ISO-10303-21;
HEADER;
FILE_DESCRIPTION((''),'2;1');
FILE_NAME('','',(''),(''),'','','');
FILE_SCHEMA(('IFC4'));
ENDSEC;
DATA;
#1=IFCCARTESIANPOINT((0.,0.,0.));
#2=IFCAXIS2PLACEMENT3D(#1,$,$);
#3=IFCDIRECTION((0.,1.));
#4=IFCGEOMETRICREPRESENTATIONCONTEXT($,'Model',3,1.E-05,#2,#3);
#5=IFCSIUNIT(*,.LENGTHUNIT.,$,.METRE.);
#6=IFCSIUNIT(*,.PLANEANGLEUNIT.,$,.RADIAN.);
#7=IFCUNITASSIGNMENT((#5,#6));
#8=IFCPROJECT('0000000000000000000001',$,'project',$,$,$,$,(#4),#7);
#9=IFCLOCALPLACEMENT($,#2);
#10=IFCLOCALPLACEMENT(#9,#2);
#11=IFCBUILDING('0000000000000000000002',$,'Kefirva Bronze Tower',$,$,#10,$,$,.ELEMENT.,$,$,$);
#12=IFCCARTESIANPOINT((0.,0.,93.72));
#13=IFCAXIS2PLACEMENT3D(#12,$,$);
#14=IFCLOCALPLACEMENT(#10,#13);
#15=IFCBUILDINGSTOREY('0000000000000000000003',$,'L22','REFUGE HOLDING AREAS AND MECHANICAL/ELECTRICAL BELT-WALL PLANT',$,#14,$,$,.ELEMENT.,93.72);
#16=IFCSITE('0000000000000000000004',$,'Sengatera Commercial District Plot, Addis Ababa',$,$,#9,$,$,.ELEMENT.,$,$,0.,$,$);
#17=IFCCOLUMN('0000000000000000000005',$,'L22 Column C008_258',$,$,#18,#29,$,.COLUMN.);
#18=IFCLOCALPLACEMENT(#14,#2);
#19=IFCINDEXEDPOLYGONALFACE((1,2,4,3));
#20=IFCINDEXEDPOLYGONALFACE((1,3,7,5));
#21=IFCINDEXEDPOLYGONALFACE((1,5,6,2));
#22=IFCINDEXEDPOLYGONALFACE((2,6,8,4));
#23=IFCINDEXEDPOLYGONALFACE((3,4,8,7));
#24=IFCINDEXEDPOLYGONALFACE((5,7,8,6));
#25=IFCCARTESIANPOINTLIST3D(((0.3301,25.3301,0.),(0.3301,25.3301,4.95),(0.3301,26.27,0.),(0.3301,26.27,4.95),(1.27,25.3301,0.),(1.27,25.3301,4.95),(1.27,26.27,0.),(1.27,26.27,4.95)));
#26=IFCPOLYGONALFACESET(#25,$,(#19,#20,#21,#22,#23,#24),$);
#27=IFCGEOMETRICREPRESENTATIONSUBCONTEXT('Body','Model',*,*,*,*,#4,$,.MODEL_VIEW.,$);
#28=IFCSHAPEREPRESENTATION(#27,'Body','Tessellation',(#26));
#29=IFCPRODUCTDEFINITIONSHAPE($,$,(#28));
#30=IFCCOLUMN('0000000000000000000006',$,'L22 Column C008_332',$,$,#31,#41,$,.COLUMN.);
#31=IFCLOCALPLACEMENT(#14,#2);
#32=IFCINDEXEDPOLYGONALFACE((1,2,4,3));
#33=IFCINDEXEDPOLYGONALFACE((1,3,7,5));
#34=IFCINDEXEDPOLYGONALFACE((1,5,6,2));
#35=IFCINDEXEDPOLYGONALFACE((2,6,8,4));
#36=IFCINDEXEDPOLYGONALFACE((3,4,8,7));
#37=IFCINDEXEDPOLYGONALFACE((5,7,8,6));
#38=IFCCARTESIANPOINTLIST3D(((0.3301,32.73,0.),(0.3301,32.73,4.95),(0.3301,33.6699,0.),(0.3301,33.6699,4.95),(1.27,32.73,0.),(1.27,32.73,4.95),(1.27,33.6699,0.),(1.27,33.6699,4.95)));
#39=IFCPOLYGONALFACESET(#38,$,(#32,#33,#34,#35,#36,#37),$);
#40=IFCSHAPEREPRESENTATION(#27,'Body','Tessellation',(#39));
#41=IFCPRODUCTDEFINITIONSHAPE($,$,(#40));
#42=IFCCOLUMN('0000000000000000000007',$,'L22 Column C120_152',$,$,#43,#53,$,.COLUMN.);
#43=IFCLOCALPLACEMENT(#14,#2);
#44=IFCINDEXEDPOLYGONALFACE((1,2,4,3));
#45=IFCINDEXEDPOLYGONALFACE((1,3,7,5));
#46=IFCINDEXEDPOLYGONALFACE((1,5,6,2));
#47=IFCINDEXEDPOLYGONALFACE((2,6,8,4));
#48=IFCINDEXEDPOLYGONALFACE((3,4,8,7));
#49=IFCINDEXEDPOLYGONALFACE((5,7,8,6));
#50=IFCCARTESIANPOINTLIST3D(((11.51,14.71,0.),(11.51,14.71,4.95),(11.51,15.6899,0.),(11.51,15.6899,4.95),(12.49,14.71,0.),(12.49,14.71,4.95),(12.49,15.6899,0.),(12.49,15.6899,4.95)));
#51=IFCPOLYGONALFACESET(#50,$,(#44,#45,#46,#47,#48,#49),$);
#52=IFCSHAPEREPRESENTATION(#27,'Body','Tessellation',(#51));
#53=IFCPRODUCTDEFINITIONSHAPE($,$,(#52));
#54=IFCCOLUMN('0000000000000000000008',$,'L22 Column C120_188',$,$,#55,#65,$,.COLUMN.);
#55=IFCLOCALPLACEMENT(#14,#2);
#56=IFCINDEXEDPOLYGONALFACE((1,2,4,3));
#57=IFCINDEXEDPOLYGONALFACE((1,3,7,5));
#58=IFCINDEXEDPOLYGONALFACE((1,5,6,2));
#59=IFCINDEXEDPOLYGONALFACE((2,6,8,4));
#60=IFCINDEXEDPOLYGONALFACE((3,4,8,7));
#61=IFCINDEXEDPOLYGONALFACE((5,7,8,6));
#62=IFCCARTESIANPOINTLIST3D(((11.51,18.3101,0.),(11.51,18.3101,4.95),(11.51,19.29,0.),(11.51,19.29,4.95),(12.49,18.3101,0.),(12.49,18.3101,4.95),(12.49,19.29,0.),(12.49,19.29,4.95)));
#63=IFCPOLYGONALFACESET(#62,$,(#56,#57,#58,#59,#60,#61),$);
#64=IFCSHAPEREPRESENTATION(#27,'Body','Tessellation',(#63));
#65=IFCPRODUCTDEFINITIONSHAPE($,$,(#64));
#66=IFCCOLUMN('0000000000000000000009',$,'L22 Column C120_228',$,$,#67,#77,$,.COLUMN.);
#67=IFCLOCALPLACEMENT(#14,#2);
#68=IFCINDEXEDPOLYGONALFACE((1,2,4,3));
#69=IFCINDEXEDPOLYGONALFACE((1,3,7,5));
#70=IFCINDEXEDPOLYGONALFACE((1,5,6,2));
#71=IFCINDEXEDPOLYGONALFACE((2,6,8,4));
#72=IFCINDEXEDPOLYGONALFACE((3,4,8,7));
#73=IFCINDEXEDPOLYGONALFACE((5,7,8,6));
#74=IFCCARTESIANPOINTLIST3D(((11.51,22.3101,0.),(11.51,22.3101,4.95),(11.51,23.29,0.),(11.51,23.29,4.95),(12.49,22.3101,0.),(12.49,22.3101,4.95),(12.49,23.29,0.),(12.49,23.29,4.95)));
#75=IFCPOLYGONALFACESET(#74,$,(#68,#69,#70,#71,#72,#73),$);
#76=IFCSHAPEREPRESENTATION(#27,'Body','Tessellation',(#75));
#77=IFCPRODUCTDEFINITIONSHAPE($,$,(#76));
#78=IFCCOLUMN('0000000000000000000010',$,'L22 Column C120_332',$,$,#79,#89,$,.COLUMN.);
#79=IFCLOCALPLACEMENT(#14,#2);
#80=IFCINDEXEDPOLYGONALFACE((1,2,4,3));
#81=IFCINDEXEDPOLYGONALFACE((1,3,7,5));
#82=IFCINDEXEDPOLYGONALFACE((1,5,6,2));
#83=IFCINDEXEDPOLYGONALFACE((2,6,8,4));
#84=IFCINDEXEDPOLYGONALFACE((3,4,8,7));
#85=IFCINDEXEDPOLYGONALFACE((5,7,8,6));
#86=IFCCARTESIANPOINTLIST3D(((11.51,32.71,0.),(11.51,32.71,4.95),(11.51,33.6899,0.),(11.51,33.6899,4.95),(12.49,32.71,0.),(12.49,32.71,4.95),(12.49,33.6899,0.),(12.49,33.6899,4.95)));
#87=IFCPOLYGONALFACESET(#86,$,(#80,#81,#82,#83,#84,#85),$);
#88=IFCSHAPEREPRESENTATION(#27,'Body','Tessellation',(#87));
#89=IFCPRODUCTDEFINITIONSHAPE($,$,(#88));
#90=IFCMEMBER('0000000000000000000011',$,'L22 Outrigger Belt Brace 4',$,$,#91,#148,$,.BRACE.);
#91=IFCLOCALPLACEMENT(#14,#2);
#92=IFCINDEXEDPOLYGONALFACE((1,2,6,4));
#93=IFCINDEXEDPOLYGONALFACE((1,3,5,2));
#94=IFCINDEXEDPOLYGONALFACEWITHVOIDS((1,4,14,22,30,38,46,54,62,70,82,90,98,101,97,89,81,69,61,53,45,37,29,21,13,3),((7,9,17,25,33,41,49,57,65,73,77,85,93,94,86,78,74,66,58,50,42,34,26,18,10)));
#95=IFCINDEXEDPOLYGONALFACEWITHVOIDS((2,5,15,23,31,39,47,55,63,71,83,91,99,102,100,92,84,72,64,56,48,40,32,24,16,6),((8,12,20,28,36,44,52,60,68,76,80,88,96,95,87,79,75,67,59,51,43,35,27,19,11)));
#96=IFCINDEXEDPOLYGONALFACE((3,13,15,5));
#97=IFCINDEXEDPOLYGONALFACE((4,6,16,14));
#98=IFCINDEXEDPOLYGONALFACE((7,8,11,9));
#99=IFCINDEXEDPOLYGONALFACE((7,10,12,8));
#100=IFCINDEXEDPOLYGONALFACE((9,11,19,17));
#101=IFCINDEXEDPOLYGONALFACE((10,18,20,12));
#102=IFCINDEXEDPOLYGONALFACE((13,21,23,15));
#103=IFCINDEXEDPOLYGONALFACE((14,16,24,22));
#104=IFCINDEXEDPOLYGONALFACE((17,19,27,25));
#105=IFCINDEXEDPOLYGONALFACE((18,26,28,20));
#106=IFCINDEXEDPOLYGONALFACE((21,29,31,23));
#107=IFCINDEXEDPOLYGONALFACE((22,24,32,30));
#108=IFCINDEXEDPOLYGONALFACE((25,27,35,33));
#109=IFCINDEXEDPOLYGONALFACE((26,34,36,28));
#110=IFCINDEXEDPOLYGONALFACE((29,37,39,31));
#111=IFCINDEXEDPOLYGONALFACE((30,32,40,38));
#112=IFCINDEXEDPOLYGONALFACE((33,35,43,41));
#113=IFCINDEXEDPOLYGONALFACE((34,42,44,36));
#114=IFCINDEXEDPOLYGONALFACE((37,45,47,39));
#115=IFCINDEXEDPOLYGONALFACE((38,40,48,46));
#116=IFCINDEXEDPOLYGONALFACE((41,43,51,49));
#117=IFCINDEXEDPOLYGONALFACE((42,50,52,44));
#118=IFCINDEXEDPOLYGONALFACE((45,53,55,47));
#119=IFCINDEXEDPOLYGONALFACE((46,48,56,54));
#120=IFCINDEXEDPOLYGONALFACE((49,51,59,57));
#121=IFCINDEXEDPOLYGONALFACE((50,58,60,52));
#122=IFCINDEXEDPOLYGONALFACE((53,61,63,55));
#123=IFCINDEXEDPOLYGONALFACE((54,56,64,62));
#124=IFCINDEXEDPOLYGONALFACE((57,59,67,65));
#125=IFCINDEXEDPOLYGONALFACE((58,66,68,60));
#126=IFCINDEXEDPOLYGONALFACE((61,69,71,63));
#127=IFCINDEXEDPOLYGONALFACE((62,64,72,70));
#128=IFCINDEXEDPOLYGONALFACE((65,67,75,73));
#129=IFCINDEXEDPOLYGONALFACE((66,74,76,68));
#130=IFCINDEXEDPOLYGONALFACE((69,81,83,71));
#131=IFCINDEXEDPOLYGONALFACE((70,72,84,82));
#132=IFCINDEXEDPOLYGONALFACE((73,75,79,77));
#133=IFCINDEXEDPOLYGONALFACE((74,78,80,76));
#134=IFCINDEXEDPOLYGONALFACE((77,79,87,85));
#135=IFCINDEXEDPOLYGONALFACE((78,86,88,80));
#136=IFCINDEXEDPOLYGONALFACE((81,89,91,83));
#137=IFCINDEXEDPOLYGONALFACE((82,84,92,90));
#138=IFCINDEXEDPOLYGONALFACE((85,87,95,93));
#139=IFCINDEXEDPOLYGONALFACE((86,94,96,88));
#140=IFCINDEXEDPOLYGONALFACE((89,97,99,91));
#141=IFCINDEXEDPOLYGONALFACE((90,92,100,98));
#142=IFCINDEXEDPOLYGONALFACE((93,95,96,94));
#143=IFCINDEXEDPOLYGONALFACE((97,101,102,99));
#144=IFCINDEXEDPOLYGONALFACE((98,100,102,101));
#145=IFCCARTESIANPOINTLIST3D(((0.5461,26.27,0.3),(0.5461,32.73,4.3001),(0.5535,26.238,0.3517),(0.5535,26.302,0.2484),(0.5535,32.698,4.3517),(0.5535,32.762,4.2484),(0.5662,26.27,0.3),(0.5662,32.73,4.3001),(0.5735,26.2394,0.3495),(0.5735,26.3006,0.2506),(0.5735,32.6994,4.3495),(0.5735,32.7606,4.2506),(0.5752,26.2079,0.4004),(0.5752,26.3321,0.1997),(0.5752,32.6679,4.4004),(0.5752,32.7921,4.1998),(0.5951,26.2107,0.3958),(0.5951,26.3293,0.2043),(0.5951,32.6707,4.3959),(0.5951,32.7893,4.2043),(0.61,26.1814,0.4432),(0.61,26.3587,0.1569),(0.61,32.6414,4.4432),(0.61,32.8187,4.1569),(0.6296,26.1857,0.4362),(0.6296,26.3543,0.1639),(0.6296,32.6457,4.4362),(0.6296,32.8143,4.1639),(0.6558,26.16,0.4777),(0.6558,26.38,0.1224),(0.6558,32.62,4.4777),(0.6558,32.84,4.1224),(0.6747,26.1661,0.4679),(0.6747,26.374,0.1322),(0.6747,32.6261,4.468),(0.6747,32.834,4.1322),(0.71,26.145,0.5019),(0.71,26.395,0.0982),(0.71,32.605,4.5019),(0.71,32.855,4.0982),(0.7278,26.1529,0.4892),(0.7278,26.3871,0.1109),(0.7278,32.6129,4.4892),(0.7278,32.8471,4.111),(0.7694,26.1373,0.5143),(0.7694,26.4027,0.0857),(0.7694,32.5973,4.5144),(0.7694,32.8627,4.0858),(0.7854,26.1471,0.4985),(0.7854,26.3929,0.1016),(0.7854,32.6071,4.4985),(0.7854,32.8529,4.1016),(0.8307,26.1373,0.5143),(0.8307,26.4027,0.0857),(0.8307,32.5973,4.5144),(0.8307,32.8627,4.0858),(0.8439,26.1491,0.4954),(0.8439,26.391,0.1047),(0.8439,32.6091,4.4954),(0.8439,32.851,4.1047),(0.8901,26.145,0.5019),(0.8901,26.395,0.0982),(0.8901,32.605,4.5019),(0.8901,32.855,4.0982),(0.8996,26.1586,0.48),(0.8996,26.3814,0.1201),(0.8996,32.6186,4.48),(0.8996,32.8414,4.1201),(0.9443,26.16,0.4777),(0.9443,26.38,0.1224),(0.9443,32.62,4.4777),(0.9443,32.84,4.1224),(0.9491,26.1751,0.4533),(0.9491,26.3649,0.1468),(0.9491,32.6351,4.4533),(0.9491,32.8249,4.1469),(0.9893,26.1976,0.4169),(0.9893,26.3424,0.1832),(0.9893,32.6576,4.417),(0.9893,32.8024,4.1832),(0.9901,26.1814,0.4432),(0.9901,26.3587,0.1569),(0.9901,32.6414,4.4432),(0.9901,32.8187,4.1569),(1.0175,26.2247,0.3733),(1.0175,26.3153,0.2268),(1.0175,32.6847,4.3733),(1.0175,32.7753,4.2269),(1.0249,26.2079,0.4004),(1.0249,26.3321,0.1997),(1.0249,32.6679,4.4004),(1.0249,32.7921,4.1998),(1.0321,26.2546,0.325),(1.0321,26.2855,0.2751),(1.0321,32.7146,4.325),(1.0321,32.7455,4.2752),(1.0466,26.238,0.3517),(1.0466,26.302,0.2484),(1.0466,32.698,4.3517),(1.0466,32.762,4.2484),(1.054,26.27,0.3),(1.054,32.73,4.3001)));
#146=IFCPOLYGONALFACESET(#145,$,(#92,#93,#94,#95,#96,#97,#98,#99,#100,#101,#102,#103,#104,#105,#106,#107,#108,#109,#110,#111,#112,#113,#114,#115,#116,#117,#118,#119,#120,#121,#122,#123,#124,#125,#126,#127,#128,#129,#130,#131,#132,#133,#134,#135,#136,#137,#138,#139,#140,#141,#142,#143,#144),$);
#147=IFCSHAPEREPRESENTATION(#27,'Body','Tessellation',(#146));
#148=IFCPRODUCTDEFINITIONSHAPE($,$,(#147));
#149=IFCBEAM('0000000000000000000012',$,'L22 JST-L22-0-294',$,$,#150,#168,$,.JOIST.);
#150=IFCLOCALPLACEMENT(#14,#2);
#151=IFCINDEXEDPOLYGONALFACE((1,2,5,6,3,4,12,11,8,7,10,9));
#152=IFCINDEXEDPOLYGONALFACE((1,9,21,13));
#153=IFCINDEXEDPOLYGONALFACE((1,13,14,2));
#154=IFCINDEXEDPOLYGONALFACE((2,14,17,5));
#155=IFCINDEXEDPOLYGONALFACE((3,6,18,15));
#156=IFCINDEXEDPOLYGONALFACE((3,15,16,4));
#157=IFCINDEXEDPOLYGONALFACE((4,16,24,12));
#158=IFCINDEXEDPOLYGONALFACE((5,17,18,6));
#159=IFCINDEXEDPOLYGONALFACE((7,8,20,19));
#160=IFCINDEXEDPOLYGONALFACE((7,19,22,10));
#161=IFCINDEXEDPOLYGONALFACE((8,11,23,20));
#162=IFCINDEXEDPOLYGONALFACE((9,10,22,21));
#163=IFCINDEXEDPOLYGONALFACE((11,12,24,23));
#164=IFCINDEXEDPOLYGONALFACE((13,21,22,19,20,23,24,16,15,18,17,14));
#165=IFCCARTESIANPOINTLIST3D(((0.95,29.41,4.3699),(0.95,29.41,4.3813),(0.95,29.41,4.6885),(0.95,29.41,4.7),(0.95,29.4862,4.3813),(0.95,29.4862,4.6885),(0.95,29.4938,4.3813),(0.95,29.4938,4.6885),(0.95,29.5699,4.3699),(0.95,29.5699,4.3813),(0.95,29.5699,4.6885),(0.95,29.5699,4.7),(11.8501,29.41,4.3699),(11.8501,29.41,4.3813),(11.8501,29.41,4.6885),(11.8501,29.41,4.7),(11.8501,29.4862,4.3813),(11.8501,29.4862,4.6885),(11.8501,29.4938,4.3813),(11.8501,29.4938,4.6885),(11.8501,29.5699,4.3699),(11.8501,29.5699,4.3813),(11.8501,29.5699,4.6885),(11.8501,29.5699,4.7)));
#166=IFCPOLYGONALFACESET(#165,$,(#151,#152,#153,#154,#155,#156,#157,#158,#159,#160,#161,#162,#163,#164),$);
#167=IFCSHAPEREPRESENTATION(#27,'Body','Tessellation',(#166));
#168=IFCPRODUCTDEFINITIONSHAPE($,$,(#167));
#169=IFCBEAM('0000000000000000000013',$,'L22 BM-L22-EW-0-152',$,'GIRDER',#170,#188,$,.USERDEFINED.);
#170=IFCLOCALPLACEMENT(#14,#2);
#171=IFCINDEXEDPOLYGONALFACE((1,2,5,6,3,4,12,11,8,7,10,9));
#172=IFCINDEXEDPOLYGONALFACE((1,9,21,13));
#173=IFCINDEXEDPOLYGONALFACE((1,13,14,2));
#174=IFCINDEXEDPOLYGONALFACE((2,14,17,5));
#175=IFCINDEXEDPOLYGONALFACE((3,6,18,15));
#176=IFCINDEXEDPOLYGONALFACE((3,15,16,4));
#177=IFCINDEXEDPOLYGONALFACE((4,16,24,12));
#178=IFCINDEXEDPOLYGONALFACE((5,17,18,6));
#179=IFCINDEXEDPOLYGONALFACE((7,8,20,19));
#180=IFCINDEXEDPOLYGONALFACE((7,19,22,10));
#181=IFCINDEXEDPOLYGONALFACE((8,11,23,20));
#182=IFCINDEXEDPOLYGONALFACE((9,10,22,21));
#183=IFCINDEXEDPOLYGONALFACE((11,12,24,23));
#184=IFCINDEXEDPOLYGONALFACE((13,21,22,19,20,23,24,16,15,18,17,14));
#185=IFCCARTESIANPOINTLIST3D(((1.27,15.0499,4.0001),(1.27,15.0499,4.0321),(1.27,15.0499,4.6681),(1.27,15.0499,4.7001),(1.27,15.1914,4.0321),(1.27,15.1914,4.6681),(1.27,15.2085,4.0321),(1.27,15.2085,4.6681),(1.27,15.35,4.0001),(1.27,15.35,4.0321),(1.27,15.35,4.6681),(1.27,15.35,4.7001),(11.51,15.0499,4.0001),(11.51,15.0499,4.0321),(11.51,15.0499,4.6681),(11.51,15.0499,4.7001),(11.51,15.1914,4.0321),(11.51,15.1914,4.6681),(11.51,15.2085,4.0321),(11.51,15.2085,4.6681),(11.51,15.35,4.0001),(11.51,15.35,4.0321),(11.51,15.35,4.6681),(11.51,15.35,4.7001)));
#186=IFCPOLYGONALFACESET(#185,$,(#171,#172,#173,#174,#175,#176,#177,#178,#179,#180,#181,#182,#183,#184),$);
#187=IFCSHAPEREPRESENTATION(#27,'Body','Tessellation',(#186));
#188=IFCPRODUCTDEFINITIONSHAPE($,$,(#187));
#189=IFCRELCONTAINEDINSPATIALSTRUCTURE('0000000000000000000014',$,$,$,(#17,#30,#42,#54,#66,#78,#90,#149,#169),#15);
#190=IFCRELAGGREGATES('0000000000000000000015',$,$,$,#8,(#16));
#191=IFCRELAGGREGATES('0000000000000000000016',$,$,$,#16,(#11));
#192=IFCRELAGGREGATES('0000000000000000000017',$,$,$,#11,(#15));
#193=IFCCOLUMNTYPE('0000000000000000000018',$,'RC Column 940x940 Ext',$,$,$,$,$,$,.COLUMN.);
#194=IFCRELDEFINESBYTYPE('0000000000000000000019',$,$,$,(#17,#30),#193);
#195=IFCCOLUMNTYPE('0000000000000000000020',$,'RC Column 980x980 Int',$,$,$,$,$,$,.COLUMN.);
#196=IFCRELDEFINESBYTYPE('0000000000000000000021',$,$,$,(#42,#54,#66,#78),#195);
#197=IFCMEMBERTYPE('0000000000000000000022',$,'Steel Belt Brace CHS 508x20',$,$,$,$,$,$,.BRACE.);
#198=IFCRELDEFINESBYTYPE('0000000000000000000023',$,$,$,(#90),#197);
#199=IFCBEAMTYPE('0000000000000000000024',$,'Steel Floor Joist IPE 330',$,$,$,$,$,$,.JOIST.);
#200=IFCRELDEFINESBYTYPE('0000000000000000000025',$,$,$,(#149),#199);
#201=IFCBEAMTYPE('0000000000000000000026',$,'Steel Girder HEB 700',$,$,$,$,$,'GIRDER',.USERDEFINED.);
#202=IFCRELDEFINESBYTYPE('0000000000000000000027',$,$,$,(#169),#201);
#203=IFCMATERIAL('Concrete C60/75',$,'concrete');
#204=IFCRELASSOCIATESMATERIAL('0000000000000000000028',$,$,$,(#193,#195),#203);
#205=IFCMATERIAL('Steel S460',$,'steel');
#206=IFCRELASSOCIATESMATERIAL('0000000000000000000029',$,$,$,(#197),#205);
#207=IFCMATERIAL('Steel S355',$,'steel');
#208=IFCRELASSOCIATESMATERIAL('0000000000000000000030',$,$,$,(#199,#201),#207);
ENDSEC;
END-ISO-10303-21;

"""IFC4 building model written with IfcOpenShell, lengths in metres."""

from ifc_helpers import new_model, si_unit, direction, frame, origin, origin_2d, place, context, subcontext, project, spatial, rectangle, hollow_circle, i_section, extrude, material, material_profile, profile_set, type_object, element, save


model = new_model("IFC4")

# Units and contexts
model_context = context("Model", 3, precision=1e-05, world=origin(), true_north=direction((0.0, 1.0)))
body_context = subcontext(model_context, "Body", "Model", "MODEL_VIEW")
ifc_project = project(units=[si_unit("LENGTHUNIT", "METRE"), si_unit("PLANEANGLEUNIT", "RADIAN")], contexts=[model_context])

# Site, building, storey
site_placement = place(None, origin())
site = spatial("IfcSite", under=ifc_project, at=site_placement, Name="Sengatera Commercial District Plot, Addis Ababa", CompositionType="ELEMENT", RefElevation=0.0)
building_placement = place(site_placement, origin())
building = spatial("IfcBuilding", under=site, at=building_placement, Name="Kefirva Bronze Tower", CompositionType="ELEMENT")
storey_placement = place(building_placement, frame((0.0, 0.0, 93.72)))
storey = spatial("IfcBuildingStorey", under=building, at=storey_placement, Name="L22", Description="REFUGE HOLDING AREAS AND MECHANICAL/ELECTRICAL BELT-WALL PLANT", CompositionType="ELEMENT", Elevation=93.72)

# Columns
ifc_material_1 = material(Name="Concrete C60/75", Category="concrete")
ifc_material_profile_1 = material_profile(ifc_material_1, rectangle(XDim=0.9399, YDim=0.9399, at=origin_2d()), Name="RC 940x940")
ifc_profile_set_1 = profile_set([ifc_material_profile_1], Name="Concrete C60/75")
column_type_1 = type_object("IfcColumnType", Name="RC Column 940x940 Ext", PredefinedType="COLUMN", material=ifc_profile_set_1)
for number, where, z_axis, x_axis, name in (
    (1, (0.8, 25.8, 0.0), (0.0, 0.0, 1.0), (1.0, 0.0, 0.0), "L22 Column C008_258"),
    (2, (0.8, 33.2, 0.0), (0.0, 0.0, 1.0), (1.0, 0.0, 0.0), "L22 Column C008_332"),
):
    element("IfcColumn", number, at=place(storey_placement, frame(where, z_axis=z_axis, x_axis=x_axis)), inside=storey, type_object=column_type_1, Name=name, PredefinedType="COLUMN", context=body_context, shape_type="SweptSolid", body=[
        extrude(rectangle(XDim=0.9399, YDim=0.9399, at=origin_2d()), origin(), (0.0, 0.0, 1.0), 4.95),
    ])
ifc_material_profile_2 = material_profile(ifc_material_1, rectangle(XDim=0.98, YDim=0.98, at=origin_2d()), Name="RC 980x980")
ifc_profile_set_2 = profile_set([ifc_material_profile_2], Name="Concrete C60/75")
column_type_2 = type_object("IfcColumnType", Name="RC Column 980x980 Int", PredefinedType="COLUMN", material=ifc_profile_set_2)
for number, where, z_axis, x_axis, name in (
    (3, (12.0, 15.2, 0.0), (0.0, 0.0, 1.0), (1.0, 0.0, 0.0), "L22 Column C120_152"),
    (4, (12.0, 18.8, 0.0), (0.0, 0.0, 1.0), (1.0, 0.0, 0.0), "L22 Column C120_188"),
    (5, (12.0, 22.8, 0.0), (0.0, 0.0, 1.0), (1.0, 0.0, 0.0), "L22 Column C120_228"),
    (6, (12.0, 33.2, 0.0), (0.0, 0.0, 1.0), (1.0, 0.0, 0.0), "L22 Column C120_332"),
):
    element("IfcColumn", number, at=place(storey_placement, frame(where, z_axis=z_axis, x_axis=x_axis)), inside=storey, type_object=column_type_2, Name=name, PredefinedType="COLUMN", context=body_context, shape_type="SweptSolid", body=[
        extrude(rectangle(XDim=0.98, YDim=0.98, at=origin_2d()), origin(), (0.0, 0.0, 1.0), 4.95),
    ])

# Member
ifc_material_2 = material(Name="Steel S460", Category="steel")
ifc_material_profile_3 = material_profile(ifc_material_2, hollow_circle(Radius=0.2539, WallThickness=0.02, at=origin_2d()), Name="CHS 508x20")
ifc_profile_set_3 = profile_set([ifc_material_profile_3], Name="Steel S460")
member_type = type_object("IfcMemberType", Name="Steel Belt Brace CHS 508x20", PredefinedType="BRACE", material=ifc_profile_set_3)
member_placement = place(storey_placement, frame((0.8, 26.27, 0.3), z_axis=(0.0, 0.850208, 0.526448), x_axis=(-1.0, 0.0, 0.0)))
element("IfcMember", 7, at=member_placement, inside=storey, type_object=member_type, Name="L22 Outrigger Belt Brace 4", PredefinedType="BRACE", context=body_context, shape_type="SweptSolid", body=[
    extrude(hollow_circle(Radius=0.2539, WallThickness=0.02, at=origin_2d()), origin(), (0.0, 0.0, 1.0), 7.5981),
])

# Beams
ifc_material_3 = material(Name="Steel S355", Category="steel")
ifc_material_profile_4 = material_profile(ifc_material_3, i_section(OverallWidth=0.1599, OverallDepth=0.3301, WebThickness=0.0076, FlangeThickness=0.0115, at=origin_2d()), Name="IPE 330")
ifc_profile_set_4 = profile_set([ifc_material_profile_4], Name="Steel S355")
beam_type_1 = type_object("IfcBeamType", Name="Steel Floor Joist IPE 330", PredefinedType="JOIST", material=ifc_profile_set_4)
beam_1_placement = place(storey_placement, frame((0.95, 29.49, 4.5349), z_axis=(1.0, 0.0, 0.0), x_axis=(0.0, 1.0, 0.0)))
element("IfcBeam", 8, at=beam_1_placement, inside=storey, type_object=beam_type_1, Name="L22 JST-L22-0-294", PredefinedType="JOIST", context=body_context, shape_type="SweptSolid", body=[
    extrude(i_section(OverallWidth=0.1599, OverallDepth=0.3301, WebThickness=0.0076, FlangeThickness=0.0115, at=origin_2d()), origin(), (0.0, 0.0, 1.0), 10.9001),
])
ifc_material_profile_5 = material_profile(ifc_material_3, i_section(OverallWidth=0.3, OverallDepth=0.7, WebThickness=0.0171, FlangeThickness=0.032, at=origin_2d()), Name="HEB 700")
ifc_profile_set_5 = profile_set([ifc_material_profile_5], Name="Steel S355")
beam_type_2 = type_object("IfcBeamType", Name="Steel Girder HEB 700", ElementType="GIRDER", PredefinedType="USERDEFINED", material=ifc_profile_set_5)
for number, where, z_axis, x_axis, name in (
    (9, (1.27, 15.2, 4.3501), (1.0, 0.0, 0.0), (0.0, 1.0, 0.0), "L22 BM-L22-EW-0-152"),
):
    element("IfcBeam", number, at=place(storey_placement, frame(where, z_axis=z_axis, x_axis=x_axis)), inside=storey, type_object=beam_type_2, Name=name, ObjectType="GIRDER", PredefinedType="USERDEFINED", context=body_context, shape_type="SweptSolid", body=[
        extrude(i_section(OverallWidth=0.3, OverallDepth=0.7, WebThickness=0.0171, FlangeThickness=0.032, at=origin_2d()), origin(), (0.0, 0.0, 1.0), 10.24),
    ])

save(model, "model.ifc")
